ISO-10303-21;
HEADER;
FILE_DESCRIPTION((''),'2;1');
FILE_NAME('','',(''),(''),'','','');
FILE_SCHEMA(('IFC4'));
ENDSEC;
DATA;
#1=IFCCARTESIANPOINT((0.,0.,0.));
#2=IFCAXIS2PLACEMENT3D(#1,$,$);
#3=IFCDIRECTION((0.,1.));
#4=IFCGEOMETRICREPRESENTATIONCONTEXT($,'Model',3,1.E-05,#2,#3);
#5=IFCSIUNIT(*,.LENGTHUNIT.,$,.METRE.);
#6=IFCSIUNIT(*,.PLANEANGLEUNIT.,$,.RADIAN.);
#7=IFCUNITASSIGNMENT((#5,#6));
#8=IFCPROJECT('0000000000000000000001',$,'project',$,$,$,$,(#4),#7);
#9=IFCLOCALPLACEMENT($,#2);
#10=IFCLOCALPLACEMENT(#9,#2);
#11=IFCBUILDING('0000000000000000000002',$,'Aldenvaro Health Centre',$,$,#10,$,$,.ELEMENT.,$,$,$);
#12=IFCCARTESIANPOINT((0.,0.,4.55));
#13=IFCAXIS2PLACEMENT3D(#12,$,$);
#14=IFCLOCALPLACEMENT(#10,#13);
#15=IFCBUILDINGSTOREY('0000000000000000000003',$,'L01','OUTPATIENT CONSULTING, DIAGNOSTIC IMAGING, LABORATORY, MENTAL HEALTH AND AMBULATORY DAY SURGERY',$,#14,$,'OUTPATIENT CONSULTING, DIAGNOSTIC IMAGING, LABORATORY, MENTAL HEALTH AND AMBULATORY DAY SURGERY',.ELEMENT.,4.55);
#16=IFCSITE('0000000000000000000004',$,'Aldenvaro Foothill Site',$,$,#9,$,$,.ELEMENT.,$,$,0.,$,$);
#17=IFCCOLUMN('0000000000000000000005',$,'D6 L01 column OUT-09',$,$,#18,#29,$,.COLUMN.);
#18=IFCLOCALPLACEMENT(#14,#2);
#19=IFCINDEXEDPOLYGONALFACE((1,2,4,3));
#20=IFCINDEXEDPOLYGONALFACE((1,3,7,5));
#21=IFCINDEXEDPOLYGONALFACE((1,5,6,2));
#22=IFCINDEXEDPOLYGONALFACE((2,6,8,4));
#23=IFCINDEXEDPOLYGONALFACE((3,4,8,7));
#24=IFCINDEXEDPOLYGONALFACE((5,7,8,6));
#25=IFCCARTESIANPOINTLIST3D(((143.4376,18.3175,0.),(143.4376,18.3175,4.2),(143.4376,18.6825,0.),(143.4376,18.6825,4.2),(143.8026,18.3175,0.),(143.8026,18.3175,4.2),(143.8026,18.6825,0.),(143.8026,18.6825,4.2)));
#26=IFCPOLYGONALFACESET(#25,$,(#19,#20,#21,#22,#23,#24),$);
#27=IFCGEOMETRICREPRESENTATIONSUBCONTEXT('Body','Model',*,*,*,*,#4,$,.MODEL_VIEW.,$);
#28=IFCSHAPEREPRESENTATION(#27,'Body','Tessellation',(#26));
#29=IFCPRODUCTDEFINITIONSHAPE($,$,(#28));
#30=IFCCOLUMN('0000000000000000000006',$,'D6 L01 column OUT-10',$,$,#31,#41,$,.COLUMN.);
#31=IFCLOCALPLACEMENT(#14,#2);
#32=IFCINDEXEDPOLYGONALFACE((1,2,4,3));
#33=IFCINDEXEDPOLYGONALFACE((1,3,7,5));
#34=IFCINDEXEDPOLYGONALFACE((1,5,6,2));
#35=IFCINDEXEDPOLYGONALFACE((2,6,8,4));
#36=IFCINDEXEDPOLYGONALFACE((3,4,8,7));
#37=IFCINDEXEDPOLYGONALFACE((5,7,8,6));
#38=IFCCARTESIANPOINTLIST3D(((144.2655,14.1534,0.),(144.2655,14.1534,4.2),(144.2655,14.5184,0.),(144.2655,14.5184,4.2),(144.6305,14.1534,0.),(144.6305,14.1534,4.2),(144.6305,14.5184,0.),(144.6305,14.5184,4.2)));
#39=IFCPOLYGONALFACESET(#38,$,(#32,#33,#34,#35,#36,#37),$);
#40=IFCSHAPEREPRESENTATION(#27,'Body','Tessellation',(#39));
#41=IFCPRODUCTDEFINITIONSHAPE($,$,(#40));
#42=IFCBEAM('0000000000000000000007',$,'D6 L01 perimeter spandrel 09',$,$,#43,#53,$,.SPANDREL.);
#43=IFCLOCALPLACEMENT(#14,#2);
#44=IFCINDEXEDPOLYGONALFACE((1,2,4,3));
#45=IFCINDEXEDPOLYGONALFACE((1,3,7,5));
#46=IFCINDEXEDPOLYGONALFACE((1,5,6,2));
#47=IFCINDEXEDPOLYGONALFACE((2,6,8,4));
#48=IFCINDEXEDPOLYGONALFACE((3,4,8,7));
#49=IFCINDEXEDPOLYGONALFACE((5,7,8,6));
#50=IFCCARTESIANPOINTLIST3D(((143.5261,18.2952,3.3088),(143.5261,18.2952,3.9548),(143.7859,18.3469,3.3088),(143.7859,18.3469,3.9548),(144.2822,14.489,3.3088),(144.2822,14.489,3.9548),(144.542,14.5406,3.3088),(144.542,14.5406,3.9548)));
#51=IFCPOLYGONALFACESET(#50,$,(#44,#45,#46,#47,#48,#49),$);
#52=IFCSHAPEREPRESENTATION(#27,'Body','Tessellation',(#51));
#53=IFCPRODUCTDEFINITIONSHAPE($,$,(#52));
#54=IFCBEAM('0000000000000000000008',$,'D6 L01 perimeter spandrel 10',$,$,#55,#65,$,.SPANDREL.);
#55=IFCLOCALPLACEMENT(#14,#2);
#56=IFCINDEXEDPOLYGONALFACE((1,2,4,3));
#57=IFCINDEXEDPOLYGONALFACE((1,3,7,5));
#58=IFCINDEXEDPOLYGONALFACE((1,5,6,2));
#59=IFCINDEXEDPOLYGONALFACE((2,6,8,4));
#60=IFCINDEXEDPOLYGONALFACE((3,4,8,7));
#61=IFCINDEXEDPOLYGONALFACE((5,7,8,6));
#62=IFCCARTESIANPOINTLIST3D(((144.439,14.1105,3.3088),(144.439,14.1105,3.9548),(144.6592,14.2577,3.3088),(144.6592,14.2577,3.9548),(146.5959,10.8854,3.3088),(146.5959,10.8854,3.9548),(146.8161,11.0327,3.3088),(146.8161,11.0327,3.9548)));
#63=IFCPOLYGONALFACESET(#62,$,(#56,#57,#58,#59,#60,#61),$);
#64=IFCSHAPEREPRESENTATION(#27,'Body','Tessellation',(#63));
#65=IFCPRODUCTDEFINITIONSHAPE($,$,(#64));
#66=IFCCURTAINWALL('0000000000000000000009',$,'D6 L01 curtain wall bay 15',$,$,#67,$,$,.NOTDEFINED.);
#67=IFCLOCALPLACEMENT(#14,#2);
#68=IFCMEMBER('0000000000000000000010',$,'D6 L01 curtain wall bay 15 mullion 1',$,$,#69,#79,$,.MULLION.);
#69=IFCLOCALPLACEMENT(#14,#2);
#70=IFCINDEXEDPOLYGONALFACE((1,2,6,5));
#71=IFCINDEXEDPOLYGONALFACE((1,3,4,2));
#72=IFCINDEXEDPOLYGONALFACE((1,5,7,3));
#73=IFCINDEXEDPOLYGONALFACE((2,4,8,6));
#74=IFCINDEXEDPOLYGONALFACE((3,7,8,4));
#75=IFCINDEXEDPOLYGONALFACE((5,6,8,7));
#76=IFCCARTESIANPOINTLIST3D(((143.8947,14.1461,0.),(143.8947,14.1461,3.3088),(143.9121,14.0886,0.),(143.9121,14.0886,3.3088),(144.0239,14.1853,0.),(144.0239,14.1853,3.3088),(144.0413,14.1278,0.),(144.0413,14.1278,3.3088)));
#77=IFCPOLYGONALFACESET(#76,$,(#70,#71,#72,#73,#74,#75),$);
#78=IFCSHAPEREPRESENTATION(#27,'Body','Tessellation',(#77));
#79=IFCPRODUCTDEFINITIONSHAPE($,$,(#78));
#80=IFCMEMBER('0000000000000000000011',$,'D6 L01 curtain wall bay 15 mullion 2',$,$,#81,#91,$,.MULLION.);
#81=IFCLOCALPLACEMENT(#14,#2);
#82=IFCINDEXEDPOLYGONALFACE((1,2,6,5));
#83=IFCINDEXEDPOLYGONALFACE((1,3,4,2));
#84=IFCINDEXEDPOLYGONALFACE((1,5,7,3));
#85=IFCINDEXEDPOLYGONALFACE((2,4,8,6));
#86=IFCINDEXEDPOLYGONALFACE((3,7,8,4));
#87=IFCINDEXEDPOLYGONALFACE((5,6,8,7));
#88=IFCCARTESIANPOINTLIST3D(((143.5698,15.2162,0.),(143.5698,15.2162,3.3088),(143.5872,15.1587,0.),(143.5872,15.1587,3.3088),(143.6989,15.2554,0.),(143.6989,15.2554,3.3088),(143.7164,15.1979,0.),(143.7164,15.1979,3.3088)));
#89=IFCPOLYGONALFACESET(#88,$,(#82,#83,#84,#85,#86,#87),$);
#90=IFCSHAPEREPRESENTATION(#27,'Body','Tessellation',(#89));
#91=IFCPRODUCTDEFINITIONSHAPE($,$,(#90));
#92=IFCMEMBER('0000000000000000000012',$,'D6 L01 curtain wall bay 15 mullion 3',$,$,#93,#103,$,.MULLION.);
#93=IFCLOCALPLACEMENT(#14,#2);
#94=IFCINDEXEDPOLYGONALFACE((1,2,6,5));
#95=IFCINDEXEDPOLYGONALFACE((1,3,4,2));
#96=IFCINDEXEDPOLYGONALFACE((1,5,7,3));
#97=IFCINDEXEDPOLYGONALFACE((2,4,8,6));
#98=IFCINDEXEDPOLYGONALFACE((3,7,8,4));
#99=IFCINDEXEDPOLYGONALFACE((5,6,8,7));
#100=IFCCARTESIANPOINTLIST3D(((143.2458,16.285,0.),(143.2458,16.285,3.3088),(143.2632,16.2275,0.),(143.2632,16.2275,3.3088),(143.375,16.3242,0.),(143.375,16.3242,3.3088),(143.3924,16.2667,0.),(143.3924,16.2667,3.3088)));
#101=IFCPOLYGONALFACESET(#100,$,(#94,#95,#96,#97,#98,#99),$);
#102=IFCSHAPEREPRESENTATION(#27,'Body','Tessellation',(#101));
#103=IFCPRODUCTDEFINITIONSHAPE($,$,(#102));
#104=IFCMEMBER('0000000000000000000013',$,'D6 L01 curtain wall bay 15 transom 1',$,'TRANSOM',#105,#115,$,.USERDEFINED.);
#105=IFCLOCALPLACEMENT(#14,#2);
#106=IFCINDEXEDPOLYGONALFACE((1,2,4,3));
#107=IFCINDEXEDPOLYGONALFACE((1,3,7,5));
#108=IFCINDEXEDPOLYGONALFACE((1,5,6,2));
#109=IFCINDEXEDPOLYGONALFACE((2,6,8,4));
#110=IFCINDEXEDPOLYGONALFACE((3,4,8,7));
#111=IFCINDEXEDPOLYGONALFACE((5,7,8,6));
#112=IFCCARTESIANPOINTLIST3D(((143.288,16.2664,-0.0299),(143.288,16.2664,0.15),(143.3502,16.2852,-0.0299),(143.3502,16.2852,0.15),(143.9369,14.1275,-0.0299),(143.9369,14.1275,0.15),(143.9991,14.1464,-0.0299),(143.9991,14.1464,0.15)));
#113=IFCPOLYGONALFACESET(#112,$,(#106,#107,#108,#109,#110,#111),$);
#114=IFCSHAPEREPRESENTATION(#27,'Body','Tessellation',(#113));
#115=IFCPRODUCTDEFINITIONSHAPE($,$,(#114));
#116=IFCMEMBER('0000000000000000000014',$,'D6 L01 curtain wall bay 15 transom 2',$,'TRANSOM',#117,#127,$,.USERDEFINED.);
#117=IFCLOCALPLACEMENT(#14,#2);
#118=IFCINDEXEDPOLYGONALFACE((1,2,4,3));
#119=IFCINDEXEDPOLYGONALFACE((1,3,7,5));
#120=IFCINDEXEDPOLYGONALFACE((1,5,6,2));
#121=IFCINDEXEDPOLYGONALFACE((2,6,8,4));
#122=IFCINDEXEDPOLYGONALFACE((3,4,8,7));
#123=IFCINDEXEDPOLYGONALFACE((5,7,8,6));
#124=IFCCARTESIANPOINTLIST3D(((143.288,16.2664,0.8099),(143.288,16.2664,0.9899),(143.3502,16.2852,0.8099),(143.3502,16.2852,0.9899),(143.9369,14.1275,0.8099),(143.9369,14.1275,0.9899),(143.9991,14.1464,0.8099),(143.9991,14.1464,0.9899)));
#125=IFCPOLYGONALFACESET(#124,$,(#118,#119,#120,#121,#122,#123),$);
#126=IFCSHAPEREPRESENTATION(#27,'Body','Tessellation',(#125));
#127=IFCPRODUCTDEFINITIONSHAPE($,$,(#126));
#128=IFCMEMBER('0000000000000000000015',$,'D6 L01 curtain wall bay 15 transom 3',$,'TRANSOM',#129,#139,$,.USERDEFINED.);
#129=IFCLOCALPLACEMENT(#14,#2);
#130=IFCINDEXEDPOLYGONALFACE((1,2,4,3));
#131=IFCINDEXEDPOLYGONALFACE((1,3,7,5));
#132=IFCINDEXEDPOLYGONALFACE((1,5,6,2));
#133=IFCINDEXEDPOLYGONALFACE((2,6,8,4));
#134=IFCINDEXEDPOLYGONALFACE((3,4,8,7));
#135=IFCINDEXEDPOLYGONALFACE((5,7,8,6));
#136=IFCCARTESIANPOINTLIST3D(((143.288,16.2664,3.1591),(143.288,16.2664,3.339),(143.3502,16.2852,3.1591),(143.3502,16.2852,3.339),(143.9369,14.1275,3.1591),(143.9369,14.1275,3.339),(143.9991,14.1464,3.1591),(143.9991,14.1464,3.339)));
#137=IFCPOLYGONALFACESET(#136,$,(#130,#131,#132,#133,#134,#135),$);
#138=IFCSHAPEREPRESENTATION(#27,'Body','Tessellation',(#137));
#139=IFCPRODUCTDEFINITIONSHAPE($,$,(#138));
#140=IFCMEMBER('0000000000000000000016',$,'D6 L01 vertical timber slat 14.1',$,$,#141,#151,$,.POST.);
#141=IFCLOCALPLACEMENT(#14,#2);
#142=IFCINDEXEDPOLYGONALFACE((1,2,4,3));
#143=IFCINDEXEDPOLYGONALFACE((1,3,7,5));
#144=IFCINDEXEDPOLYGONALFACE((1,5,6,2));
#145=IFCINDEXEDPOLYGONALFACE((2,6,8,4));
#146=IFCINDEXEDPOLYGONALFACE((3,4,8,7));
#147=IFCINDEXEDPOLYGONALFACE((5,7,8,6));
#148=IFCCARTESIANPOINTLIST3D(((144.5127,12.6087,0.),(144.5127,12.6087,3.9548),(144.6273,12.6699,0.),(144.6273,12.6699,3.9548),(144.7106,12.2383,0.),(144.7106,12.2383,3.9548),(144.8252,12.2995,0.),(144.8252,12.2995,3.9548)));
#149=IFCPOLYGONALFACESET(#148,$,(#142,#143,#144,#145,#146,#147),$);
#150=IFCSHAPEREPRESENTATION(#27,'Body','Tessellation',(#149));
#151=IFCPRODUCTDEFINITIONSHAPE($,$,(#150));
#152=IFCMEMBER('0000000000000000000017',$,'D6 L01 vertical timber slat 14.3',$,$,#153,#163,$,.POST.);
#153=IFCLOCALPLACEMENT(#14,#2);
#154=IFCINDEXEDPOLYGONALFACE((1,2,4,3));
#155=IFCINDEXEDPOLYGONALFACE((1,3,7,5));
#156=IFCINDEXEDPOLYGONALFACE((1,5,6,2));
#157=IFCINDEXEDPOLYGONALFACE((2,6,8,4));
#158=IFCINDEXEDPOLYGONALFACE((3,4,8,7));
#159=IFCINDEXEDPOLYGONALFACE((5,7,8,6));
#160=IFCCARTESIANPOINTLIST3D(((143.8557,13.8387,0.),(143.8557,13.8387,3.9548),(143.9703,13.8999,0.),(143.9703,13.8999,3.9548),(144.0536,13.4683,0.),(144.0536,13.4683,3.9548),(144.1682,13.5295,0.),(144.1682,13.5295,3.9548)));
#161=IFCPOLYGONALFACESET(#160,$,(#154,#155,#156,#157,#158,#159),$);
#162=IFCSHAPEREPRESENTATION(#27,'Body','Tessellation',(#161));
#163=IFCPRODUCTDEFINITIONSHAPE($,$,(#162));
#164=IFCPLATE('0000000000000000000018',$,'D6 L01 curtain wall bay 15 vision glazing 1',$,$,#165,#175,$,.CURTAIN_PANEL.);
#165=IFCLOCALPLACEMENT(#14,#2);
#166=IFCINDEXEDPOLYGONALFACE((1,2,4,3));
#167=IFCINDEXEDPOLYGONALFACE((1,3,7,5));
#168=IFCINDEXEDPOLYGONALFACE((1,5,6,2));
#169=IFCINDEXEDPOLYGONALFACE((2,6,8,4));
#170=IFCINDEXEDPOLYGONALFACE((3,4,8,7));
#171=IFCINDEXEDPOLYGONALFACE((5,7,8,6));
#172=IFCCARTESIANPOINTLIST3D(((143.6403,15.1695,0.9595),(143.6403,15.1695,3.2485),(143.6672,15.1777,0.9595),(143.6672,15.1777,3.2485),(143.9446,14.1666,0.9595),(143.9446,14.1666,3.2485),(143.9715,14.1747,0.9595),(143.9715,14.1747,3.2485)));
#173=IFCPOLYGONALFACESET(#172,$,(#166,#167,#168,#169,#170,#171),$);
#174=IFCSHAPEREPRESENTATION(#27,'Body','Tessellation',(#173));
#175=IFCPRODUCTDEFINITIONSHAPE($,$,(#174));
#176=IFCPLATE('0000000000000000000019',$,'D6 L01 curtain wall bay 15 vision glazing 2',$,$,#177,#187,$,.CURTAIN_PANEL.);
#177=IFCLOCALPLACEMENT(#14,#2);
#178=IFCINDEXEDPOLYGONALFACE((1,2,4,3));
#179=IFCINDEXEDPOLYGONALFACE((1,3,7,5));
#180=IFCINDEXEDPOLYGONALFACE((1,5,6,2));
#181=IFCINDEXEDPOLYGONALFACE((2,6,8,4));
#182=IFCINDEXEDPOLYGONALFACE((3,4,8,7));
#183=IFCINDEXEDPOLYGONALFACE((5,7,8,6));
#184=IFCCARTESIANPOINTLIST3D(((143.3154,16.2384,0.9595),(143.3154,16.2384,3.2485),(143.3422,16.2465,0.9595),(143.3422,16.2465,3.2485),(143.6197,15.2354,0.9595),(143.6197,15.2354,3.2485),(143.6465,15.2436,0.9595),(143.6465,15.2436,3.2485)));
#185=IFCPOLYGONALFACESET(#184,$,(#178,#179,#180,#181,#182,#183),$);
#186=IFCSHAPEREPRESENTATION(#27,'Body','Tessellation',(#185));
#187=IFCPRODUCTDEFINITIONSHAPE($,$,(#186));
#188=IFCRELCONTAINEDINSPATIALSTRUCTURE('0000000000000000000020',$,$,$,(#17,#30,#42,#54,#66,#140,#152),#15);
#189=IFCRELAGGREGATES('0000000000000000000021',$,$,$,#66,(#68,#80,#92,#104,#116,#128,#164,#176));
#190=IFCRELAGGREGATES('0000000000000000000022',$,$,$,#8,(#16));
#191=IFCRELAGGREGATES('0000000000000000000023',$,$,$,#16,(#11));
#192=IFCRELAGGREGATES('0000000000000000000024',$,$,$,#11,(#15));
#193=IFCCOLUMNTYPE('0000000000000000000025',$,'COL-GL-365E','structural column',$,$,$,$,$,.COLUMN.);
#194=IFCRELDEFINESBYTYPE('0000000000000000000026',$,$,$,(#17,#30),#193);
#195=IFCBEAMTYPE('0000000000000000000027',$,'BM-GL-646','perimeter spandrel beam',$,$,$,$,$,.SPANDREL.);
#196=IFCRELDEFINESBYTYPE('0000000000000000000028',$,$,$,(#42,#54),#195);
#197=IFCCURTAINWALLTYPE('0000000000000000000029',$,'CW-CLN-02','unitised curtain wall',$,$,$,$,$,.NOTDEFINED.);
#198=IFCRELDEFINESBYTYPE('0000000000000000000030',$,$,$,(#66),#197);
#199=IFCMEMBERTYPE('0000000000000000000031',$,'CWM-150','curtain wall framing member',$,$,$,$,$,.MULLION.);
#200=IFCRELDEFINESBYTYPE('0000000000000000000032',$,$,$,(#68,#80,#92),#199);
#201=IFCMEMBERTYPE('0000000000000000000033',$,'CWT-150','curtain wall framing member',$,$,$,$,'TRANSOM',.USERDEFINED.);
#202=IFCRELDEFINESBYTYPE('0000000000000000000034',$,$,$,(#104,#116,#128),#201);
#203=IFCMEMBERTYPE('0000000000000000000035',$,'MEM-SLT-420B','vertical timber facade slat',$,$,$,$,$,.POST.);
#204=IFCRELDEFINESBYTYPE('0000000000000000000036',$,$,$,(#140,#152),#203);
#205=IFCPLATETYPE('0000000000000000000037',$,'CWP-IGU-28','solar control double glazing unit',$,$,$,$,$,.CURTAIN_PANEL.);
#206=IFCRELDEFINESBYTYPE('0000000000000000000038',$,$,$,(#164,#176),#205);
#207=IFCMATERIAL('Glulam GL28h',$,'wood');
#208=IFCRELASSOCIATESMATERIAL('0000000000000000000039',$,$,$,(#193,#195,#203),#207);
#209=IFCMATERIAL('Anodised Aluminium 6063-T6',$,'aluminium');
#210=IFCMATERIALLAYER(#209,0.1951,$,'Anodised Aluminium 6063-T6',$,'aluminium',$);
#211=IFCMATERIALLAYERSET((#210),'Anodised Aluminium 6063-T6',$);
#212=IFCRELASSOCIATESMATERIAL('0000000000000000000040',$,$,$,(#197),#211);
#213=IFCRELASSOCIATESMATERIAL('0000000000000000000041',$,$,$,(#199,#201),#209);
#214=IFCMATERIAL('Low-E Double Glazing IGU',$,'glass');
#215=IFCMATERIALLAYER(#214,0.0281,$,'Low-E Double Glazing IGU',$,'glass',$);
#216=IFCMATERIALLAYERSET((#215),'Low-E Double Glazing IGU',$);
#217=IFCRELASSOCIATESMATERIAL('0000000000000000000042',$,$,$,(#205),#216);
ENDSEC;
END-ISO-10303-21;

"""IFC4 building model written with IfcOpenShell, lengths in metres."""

from ifc_helpers import new_model, si_unit, direction, frame, origin, origin_2d, place, context, subcontext, project, spatial, rectangle, extrude, material, layer, layer_set, material_profile, profile_set, type_object, element, aggregate, save


model = new_model("IFC4")

# Units and contexts
model_context = context("Model", 3, precision=1e-05, world=origin(), true_north=direction((0.0, 1.0)))
body_context = subcontext(model_context, "Body", "Model", "MODEL_VIEW")
ifc_project = project(units=[si_unit("LENGTHUNIT", "METRE"), si_unit("PLANEANGLEUNIT", "RADIAN")], contexts=[model_context])

# Site, building, storey
site_placement = place(None, origin())
site = spatial("IfcSite", under=ifc_project, at=site_placement, Name="Aldenvaro Foothill Site", CompositionType="ELEMENT", RefElevation=0.0)
building_placement = place(site_placement, origin())
building = spatial("IfcBuilding", under=site, at=building_placement, Name="Aldenvaro Health Centre", CompositionType="ELEMENT")
storey_placement = place(building_placement, frame((0.0, 0.0, 4.55)))
storey = spatial("IfcBuildingStorey", under=building, at=storey_placement, Name="L01", Description="OUTPATIENT CONSULTING, DIAGNOSTIC IMAGING, LABORATORY, MENTAL HEALTH AND AMBULATORY DAY SURGERY", LongName="OUTPATIENT CONSULTING, DIAGNOSTIC IMAGING, LABORATORY, MENTAL HEALTH AND AMBULATORY DAY SURGERY", CompositionType="ELEMENT", Elevation=4.55)

# Columns
ifc_material_1 = material(Name="Glulam GL28h", Category="wood")
ifc_material_profile_1 = material_profile(ifc_material_1, rectangle(XDim=0.365, YDim=0.365, at=origin_2d()), Name="GL 365x365", Category="wood")
ifc_profile_set_1 = profile_set([ifc_material_profile_1], Name="Glulam GL28h")
column_type = type_object("IfcColumnType", Name="COL-GL-365E", Description="structural column", PredefinedType="COLUMN", material=ifc_profile_set_1)
for number, where, z_axis, x_axis, name in (
    (1, (143.6201, 18.5, 0.0), (0.0, 0.0, 1.0), (1.0, 0.0, 0.0), "D6 L01 column OUT-09"),
    (2, (144.448, 14.3359, 0.0), (0.0, 0.0, 1.0), (1.0, 0.0, 0.0), "D6 L01 column OUT-10"),
):
    element("IfcColumn", number, at=place(storey_placement, frame(where, z_axis=z_axis, x_axis=x_axis)), inside=storey, type_object=column_type, Name=name, PredefinedType="COLUMN", context=body_context, shape_type="SweptSolid", body=[
        extrude(rectangle(XDim=0.365, YDim=0.365, at=origin_2d()), origin(), (0.0, 0.0, 1.0), 4.2),
    ])

# Beams
ifc_material_profile_2 = material_profile(ifc_material_1, rectangle(XDim=0.2649, YDim=0.646, at=origin_2d()), Name="GL 265x646", Category="wood")
ifc_profile_set_2 = profile_set([ifc_material_profile_2], Name="Glulam GL28h")
beam_type = type_object("IfcBeamType", Name="BM-GL-646", Description="perimeter spandrel beam", PredefinedType="SPANDREL", material=ifc_profile_set_2)
beam_1_placement = place(storey_placement, frame((143.656, 18.321, 3.6318), z_axis=(0.194846, -0.980834, 0.0), x_axis=(0.980834, 0.194846, 0.0)))
element("IfcBeam", 3, at=beam_1_placement, inside=storey, type_object=beam_type, Name="D6 L01 perimeter spandrel 09", PredefinedType="SPANDREL", context=body_context, shape_type="SweptSolid", body=[
    extrude(rectangle(XDim=0.2649, YDim=0.646, at=origin_2d()), origin(), (0.0, 0.0, 1.0), 3.8806),
])
beam_2_placement = place(storey_placement, frame((144.5491, 14.1841, 3.6318), z_axis=(0.555934, -0.831227, 0.0), x_axis=(0.831227, 0.555934, 0.0)))
element("IfcBeam", 4, at=beam_2_placement, inside=storey, type_object=beam_type, Name="D6 L01 perimeter spandrel 10", PredefinedType="SPANDREL", context=body_context, shape_type="SweptSolid", body=[
    extrude(rectangle(XDim=0.2649, YDim=0.646, at=origin_2d()), origin(), (0.0, 0.0, 1.0), 3.8799),
])

# Curtain wall, members
ifc_material_2 = material(Name="Anodised Aluminium 6063-T6", Category="aluminium")
ifc_layer_1 = layer(ifc_material_2, 0.1951, Name="Anodised Aluminium 6063-T6", Category="aluminium")
ifc_layer_set_1 = layer_set([ifc_layer_1], Name="Anodised Aluminium 6063-T6")
curtain_wall_type = type_object("IfcCurtainWallType", Name="CW-CLN-02", Description="unitised curtain wall", PredefinedType="NOTDEFINED", material=ifc_layer_set_1)
curtain_wall_placement = place(storey_placement, origin())
curtain_wall = element("IfcCurtainWall", 5, at=curtain_wall_placement, inside=storey, type_object=curtain_wall_type, Name="D6 L01 curtain wall bay 15", PredefinedType="NOTDEFINED")
ifc_material_profile_3 = material_profile(ifc_material_2, rectangle(XDim=0.0601, YDim=0.135, at=origin_2d()), Name="ALU 60x135", Category="aluminium")
ifc_profile_set_3 = profile_set([ifc_material_profile_3], Name="Anodised Aluminium 6063-T6")
member_type_1 = type_object("IfcMemberType", Name="CWM-150", Description="curtain wall framing member", PredefinedType="MULLION", material=ifc_profile_set_3)
member_1_placement = place(storey_placement, frame((143.968, 14.137, 0.0), z_axis=(0.0, 0.0, 1.0), x_axis=(-0.290343, 0.956923, 0.0)))
member_1 = element("IfcMember", 6, at=member_1_placement, type_object=member_type_1, Name="D6 L01 curtain wall bay 15 mullion 1", PredefinedType="MULLION", context=body_context, shape_type="SweptSolid", body=[
    extrude(rectangle(XDim=0.0601, YDim=0.135, at=origin_2d()), origin(), (0.0, 0.0, 1.0), 3.3088),
])
member_2_placement = place(storey_placement, frame((143.6431, 15.207, 0.0), z_axis=(0.0, 0.0, 1.0), x_axis=(-0.290343, 0.956923, 0.0)))
member_2 = element("IfcMember", 7, at=member_2_placement, type_object=member_type_1, Name="D6 L01 curtain wall bay 15 mullion 2", PredefinedType="MULLION", context=body_context, shape_type="SweptSolid", body=[
    extrude(rectangle(XDim=0.0601, YDim=0.135, at=origin_2d()), origin(), (0.0, 0.0, 1.0), 3.3088),
])
member_3_placement = place(storey_placement, frame((143.3191, 16.2759, 0.0), z_axis=(0.0, 0.0, 1.0), x_axis=(-0.290343, 0.956923, 0.0)))
member_3 = element("IfcMember", 8, at=member_3_placement, type_object=member_type_1, Name="D6 L01 curtain wall bay 15 mullion 3", PredefinedType="MULLION", context=body_context, shape_type="SweptSolid", body=[
    extrude(rectangle(XDim=0.0601, YDim=0.135, at=origin_2d()), origin(), (0.0, 0.0, 1.0), 3.3088),
])
ifc_material_profile_4 = material_profile(ifc_material_2, rectangle(XDim=0.0649, YDim=0.1799, at=origin_2d()), Name="ALU 65x180", Category="aluminium")
ifc_profile_set_4 = profile_set([ifc_material_profile_4], Name="Anodised Aluminium 6063-T6")
member_type_2 = type_object("IfcMemberType", Name="CWT-150", Description="curtain wall framing member", ElementType="TRANSOM", PredefinedType="USERDEFINED", material=ifc_profile_set_4)
member_4_placement = place(storey_placement, frame((143.968, 14.137, 0.0601), z_axis=(-0.290323, 0.956929, 0.0), x_axis=(-0.956929, -0.290323, 0.0)))
member_4 = element("IfcMember", 9, at=member_4_placement, type_object=member_type_2, Name="D6 L01 curtain wall bay 15 transom 1", ObjectType="TRANSOM", PredefinedType="USERDEFINED", context=body_context, shape_type="SweptSolid", body=[
    extrude(rectangle(XDim=0.0649, YDim=0.1799, at=origin_2d()), origin(), (0.0, 0.0, 1.0), 2.2351),
])
member_5_placement = place(storey_placement, frame((143.968, 14.137, 0.8999), z_axis=(-0.290323, 0.956929, 0.0), x_axis=(-0.956929, -0.290323, 0.0)))
member_5 = element("IfcMember", 10, at=member_5_placement, type_object=member_type_2, Name="D6 L01 curtain wall bay 15 transom 2", ObjectType="TRANSOM", PredefinedType="USERDEFINED", context=body_context, shape_type="SweptSolid", body=[
    extrude(rectangle(XDim=0.0649, YDim=0.1799, at=origin_2d()), origin(), (0.0, 0.0, 1.0), 2.2351),
])
member_6_placement = place(storey_placement, frame((143.968, 14.137, 3.249), z_axis=(-0.290323, 0.956929, 0.0), x_axis=(-0.956929, -0.290323, 0.0)))
member_6 = element("IfcMember", 11, at=member_6_placement, type_object=member_type_2, Name="D6 L01 curtain wall bay 15 transom 3", ObjectType="TRANSOM", PredefinedType="USERDEFINED", context=body_context, shape_type="SweptSolid", body=[
    extrude(rectangle(XDim=0.0649, YDim=0.1799, at=origin_2d()), origin(), (0.0, 0.0, 1.0), 2.2351),
])

# Members
ifc_material_profile_5 = material_profile(ifc_material_1, rectangle(XDim=0.1299, YDim=0.4199, at=origin_2d()), Name="GL 130x420", Category="wood")
ifc_profile_set_5 = profile_set([ifc_material_profile_5], Name="Glulam GL28h")
member_type_3 = type_object("IfcMemberType", Name="MEM-SLT-420B", Description="vertical timber facade slat", PredefinedType="POST", material=ifc_profile_set_5)
for number, where, z_axis, x_axis, name in (
    (12, (144.6689, 12.4541, 0.0), (0.0, 0.0, 1.0), (-0.882018, -0.471215, 0.0), "D6 L01 vertical timber slat 14.1"),
    (13, (144.012, 13.6841, 0.0), (0.0, 0.0, 1.0), (-0.882018, -0.471215, 0.0), "D6 L01 vertical timber slat 14.3"),
):
    element("IfcMember", number, at=place(storey_placement, frame(where, z_axis=z_axis, x_axis=x_axis)), inside=storey, type_object=member_type_3, Name=name, PredefinedType="POST", context=body_context, shape_type="SweptSolid", body=[
        extrude(rectangle(XDim=0.1299, YDim=0.4199, at=origin_2d()), origin(), (0.0, 0.0, 1.0), 3.9548),
    ])

# Plates
ifc_material_3 = material(Name="Low-E Double Glazing IGU", Category="glass")
ifc_layer_2 = layer(ifc_material_3, 0.0281, Name="Low-E Double Glazing IGU", Category="glass")
ifc_layer_set_2 = layer_set([ifc_layer_2], Name="Low-E Double Glazing IGU")
plate_type_1 = type_object("IfcPlateType", Name="CWP-IGU-28", Description="solar control double glazing unit", PredefinedType="CURTAIN_PANEL", material=ifc_layer_set_2)
plate_1_placement = place(storey_placement, frame((143.8059, 14.6721, 0.9595), z_axis=(0.0, 0.0, 1.0), x_axis=(-0.290343, 0.956923, 0.0)))
plate_1 = element("IfcPlate", 14, at=plate_1_placement, type_object=plate_type_1, Name="D6 L01 curtain wall bay 15 vision glazing 1", PredefinedType="CURTAIN_PANEL", context=body_context, shape_type="SweptSolid", body=[
    extrude(rectangle(XDim=1.0481, YDim=0.0281, at=origin_2d()), origin(), (0.0, 0.0, 1.0), 2.2891),
])
plate_2_placement = place(storey_placement, frame((143.481, 15.741, 0.9595), z_axis=(0.0, 0.0, 1.0), x_axis=(-0.290343, 0.956923, 0.0)))
plate_2 = element("IfcPlate", 15, at=plate_2_placement, type_object=plate_type_1, Name="D6 L01 curtain wall bay 15 vision glazing 2", PredefinedType="CURTAIN_PANEL", context=body_context, shape_type="SweptSolid", body=[
    extrude(rectangle(XDim=1.0481, YDim=0.0281, at=origin_2d()), origin(), (0.0, 0.0, 1.0), 2.2891),
])
aggregate(curtain_wall, [member_1, member_2, member_3, member_4, member_5, member_6, plate_1, plate_2])

save(model, "model.ifc")
